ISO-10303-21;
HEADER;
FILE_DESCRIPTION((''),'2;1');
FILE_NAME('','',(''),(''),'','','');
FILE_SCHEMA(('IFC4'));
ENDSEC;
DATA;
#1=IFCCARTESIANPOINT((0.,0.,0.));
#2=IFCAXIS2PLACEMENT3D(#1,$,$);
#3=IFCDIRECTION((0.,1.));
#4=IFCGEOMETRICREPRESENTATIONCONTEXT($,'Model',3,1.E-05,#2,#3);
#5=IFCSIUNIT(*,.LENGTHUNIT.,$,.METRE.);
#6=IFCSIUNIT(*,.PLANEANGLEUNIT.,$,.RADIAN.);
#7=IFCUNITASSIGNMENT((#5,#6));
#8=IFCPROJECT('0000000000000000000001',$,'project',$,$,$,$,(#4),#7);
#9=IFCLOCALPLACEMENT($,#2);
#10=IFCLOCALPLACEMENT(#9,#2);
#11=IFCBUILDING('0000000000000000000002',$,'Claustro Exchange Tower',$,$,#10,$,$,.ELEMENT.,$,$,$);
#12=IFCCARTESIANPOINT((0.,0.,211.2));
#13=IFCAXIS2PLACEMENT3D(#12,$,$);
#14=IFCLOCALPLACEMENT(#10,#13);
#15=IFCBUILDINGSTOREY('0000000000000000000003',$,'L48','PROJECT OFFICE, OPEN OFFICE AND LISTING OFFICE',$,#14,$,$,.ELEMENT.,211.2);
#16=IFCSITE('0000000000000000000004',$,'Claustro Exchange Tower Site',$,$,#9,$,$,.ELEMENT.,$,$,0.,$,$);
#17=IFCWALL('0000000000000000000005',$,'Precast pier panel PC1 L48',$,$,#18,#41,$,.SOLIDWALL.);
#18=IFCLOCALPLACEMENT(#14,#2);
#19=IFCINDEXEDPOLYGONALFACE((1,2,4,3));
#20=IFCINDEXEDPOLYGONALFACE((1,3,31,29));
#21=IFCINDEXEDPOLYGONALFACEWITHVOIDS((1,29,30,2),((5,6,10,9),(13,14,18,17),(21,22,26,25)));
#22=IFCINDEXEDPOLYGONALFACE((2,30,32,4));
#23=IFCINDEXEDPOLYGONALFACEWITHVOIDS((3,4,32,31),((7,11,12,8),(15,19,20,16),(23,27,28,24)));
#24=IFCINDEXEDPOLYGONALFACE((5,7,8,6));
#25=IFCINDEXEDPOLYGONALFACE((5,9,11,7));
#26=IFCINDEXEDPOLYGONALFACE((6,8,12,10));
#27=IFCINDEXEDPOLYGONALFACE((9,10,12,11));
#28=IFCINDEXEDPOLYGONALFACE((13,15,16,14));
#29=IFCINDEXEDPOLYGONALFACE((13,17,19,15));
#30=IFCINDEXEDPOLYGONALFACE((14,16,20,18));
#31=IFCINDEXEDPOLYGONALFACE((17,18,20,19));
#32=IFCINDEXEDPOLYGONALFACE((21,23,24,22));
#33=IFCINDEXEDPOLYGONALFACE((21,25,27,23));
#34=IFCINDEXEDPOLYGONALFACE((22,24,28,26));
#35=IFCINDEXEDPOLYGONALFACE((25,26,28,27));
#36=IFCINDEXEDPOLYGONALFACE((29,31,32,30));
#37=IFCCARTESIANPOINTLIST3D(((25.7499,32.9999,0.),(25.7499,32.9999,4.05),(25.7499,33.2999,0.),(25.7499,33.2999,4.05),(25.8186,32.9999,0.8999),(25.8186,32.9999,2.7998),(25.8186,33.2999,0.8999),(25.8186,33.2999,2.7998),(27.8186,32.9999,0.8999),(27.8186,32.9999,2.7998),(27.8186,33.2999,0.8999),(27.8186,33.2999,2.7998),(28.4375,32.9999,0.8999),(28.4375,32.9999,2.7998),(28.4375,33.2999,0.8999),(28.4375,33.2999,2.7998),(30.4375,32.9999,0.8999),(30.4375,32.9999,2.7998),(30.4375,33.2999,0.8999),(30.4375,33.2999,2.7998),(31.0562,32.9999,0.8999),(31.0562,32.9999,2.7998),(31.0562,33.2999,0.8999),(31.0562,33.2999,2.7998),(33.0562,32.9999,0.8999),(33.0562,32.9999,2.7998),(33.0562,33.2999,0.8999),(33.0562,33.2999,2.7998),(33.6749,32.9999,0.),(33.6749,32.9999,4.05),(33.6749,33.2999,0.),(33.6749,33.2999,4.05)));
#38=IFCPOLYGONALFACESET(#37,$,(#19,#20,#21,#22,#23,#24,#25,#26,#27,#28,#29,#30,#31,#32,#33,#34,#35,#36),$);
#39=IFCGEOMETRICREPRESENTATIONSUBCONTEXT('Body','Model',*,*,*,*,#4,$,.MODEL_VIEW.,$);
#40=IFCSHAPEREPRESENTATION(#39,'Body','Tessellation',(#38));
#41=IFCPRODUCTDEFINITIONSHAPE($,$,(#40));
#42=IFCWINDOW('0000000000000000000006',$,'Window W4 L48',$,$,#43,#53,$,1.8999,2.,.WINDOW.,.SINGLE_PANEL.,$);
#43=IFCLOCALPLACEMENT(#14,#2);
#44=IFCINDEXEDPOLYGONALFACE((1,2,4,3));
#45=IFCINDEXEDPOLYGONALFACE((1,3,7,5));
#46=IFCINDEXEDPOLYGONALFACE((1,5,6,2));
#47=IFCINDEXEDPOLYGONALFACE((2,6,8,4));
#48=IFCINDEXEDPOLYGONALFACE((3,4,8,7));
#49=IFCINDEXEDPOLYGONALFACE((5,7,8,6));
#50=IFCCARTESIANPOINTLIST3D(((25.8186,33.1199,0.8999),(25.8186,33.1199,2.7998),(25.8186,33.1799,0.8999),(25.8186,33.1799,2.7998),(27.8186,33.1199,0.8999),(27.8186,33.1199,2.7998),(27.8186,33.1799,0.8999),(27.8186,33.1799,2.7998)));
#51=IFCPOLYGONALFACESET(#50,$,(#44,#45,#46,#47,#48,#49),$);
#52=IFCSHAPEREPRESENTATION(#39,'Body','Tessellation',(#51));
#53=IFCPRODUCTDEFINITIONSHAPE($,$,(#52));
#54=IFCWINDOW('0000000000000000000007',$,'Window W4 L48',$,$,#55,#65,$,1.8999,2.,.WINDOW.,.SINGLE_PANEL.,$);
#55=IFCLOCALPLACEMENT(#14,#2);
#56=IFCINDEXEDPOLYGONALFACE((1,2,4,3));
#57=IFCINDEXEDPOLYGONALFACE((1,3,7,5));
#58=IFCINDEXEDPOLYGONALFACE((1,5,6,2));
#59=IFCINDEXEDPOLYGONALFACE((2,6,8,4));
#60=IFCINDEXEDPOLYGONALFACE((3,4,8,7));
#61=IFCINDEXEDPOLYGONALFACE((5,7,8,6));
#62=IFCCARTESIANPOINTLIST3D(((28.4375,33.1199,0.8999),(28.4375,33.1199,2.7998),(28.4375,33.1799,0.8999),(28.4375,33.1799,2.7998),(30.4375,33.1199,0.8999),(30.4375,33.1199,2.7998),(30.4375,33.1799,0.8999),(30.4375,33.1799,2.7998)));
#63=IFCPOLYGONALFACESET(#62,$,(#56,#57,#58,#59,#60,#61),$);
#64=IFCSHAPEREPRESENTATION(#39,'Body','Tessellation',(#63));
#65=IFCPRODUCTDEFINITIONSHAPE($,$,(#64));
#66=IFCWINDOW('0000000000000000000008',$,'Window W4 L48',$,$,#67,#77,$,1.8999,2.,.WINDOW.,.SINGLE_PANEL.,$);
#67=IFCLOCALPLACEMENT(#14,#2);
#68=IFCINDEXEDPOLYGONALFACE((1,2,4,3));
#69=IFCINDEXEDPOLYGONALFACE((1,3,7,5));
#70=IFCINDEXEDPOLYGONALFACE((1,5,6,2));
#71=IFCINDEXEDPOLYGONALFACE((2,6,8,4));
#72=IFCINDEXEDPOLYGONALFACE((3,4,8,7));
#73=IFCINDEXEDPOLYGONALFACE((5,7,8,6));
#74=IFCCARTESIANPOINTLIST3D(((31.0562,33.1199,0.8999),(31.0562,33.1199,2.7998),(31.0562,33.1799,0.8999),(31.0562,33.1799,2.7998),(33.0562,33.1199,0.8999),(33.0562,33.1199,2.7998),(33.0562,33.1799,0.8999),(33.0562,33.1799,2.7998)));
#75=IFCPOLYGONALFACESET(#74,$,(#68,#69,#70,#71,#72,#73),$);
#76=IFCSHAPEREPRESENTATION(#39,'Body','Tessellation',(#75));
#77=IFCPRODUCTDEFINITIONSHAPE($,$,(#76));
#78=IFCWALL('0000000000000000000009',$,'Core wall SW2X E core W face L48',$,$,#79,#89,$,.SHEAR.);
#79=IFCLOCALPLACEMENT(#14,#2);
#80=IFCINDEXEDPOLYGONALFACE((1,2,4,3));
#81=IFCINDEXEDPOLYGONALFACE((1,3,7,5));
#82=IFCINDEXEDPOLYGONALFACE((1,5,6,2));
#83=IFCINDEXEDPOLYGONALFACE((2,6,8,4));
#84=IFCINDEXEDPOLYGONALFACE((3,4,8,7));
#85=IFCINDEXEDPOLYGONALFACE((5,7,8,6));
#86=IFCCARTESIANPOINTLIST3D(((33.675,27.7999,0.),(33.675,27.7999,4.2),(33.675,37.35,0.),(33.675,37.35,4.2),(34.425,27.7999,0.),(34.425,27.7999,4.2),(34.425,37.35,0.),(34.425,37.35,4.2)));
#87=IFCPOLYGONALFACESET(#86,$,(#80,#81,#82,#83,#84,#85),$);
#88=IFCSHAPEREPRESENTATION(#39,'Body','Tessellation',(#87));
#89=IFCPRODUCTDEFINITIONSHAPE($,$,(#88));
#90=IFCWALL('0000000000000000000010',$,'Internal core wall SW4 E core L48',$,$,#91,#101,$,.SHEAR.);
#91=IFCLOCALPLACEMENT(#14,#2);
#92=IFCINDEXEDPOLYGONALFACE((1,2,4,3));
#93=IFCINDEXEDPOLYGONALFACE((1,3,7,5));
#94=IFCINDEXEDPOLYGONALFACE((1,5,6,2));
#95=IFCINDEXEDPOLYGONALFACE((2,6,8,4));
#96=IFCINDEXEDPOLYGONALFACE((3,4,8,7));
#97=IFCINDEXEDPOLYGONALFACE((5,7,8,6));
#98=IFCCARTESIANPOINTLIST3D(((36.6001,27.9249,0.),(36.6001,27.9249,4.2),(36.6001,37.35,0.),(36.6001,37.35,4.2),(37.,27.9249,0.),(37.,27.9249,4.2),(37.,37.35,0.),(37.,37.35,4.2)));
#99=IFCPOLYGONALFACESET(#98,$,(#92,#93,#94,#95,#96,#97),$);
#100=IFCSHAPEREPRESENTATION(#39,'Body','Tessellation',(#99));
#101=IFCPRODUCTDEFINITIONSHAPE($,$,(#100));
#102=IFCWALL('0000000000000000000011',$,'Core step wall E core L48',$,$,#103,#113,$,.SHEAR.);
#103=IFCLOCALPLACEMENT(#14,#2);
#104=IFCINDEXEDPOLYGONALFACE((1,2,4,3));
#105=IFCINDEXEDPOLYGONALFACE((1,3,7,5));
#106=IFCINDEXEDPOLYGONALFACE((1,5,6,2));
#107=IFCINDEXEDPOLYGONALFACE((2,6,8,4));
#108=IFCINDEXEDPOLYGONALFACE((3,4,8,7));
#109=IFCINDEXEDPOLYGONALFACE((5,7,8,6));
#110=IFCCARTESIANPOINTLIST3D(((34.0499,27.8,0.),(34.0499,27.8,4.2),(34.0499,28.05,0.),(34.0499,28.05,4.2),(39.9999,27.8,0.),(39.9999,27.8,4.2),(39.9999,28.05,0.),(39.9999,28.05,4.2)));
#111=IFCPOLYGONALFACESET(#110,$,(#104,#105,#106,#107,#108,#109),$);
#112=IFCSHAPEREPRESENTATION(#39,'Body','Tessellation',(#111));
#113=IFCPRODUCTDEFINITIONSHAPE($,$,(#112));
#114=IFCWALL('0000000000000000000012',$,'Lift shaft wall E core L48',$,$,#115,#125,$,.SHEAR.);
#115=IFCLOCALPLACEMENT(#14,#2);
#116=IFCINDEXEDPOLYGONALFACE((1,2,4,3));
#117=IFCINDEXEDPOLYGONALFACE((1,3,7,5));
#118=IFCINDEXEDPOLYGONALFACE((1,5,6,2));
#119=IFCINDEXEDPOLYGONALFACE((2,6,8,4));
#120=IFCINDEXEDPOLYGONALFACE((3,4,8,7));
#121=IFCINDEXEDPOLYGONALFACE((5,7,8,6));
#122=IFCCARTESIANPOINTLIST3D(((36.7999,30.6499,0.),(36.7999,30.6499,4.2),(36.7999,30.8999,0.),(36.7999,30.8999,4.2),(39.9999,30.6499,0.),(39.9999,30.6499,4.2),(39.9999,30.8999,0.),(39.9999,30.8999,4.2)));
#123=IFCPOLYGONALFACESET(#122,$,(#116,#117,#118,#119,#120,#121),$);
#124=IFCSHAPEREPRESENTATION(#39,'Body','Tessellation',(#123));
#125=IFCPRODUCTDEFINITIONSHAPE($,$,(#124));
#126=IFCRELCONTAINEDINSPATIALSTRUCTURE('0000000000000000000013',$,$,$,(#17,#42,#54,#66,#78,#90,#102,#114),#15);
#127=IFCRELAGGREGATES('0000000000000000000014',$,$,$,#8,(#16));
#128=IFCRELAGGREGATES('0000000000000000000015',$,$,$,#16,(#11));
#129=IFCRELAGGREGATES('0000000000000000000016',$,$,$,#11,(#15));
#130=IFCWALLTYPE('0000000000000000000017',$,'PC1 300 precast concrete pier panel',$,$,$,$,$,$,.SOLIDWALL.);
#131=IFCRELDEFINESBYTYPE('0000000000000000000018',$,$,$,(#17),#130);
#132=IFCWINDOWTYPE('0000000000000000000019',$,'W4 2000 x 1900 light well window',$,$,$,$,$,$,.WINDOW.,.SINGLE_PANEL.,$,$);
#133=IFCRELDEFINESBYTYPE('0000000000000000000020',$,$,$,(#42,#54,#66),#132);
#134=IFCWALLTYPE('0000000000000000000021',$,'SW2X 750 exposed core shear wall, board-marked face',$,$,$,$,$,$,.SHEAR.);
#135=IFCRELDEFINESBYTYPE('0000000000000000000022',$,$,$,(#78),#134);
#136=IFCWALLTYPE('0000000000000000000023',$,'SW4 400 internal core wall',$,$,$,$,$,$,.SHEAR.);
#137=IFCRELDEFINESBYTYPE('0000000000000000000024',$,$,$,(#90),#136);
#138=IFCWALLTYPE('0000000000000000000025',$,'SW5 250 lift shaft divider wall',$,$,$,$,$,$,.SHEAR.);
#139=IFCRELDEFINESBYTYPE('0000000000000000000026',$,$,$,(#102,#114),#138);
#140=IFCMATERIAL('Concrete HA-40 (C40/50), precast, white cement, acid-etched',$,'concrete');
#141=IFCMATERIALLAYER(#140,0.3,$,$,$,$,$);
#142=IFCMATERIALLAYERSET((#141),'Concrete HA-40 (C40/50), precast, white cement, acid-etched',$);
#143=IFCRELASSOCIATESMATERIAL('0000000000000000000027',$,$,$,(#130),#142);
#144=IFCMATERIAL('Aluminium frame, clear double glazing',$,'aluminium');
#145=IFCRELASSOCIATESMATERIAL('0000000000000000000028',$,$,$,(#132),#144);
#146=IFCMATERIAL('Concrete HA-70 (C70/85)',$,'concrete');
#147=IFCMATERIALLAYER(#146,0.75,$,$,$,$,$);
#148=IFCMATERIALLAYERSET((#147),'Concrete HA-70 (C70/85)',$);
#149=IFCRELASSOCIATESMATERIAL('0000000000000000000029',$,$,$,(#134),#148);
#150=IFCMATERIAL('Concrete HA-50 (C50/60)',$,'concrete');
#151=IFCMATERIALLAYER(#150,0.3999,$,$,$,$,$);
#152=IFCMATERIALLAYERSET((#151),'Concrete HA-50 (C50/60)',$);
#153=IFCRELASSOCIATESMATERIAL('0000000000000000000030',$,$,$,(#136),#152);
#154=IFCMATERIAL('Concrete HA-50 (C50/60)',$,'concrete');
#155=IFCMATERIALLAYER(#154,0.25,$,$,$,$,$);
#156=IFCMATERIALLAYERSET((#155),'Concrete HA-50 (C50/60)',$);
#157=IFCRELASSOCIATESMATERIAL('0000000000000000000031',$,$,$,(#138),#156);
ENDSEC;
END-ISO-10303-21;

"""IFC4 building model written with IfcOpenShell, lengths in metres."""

from ifc_helpers import new_model, si_unit, direction, frame, frame_2d, origin, place, context, subcontext, project, spatial, rectangle, extrude, material, layer, layer_set, type_object, element, fill, save


model = new_model("IFC4")

# Units and contexts
model_context = context("Model", 3, precision=1e-05, world=origin(), true_north=direction((0.0, 1.0)))
body_context = subcontext(model_context, "Body", "Model", "MODEL_VIEW")
ifc_project = project(units=[si_unit("LENGTHUNIT", "METRE"), si_unit("PLANEANGLEUNIT", "RADIAN")], contexts=[model_context])

# Site, building, storey
site_placement = place(None, origin())
site = spatial("IfcSite", under=ifc_project, at=site_placement, Name="Claustro Exchange Tower Site", CompositionType="ELEMENT", RefElevation=0.0)
building_placement = place(site_placement, origin())
building = spatial("IfcBuilding", under=site, at=building_placement, Name="Claustro Exchange Tower", CompositionType="ELEMENT")
storey_placement = place(building_placement, frame((0.0, 0.0, 211.2)))
storey = spatial("IfcBuildingStorey", under=building, at=storey_placement, Name="L48", Description="PROJECT OFFICE, OPEN OFFICE AND LISTING OFFICE", CompositionType="ELEMENT", Elevation=211.2)

# Wall, openings, windows
ifc_material_1 = material(Name="Concrete HA-40 (C40/50), precast, white cement, acid-etched", Category="concrete")
ifc_layer_1 = layer(ifc_material_1, 0.3)
ifc_layer_set_1 = layer_set([ifc_layer_1], Name="Concrete HA-40 (C40/50), precast, white cement, acid-etched")
wall_type_1 = type_object("IfcWallType", Name="PC1 300 precast concrete pier panel", PredefinedType="SOLIDWALL", material=ifc_layer_set_1)
wall_1_placement = place(storey_placement, frame((25.75, 33.1499, 0.0), z_axis=(0.0, 0.0, 1.0), x_axis=(1.0, 0.0, 0.0)))
wall_1 = element("IfcWall", 1, at=wall_1_placement, inside=storey, type_object=wall_type_1, Name="Precast pier panel PC1 L48", PredefinedType="SOLIDWALL", context=body_context, shape_type="SweptSolid", body=[
    extrude(rectangle(XDim=7.925, YDim=0.3, at=frame_2d((3.9624, 0.0))), origin(), (0.0, 0.0, 1.0), 4.05),
])
opening_1_placement = place(wall_1_placement, frame((0.0686, 0.0, 0.8999)))
opening_1 = element("IfcOpeningElement", 2, at=opening_1_placement, cuts=wall_1, PredefinedType="OPENING", context=body_context, shape_type="SweptSolid", body=[
    extrude(rectangle(XDim=2.0, YDim=1.8999, at=frame_2d((1.0, 0.95))), frame((0.0, 0.1599, 0.0), z_axis=(0.0, -1.0, 0.0), x_axis=(1.0, 0.0, 0.0)), (0.0, 0.0, 1.0), 0.3201),
])
opening_2_placement = place(wall_1_placement, frame((2.6875, 0.0, 0.8999)))
opening_2 = element("IfcOpeningElement", 3, at=opening_2_placement, cuts=wall_1, PredefinedType="OPENING", context=body_context, shape_type="SweptSolid", body=[
    extrude(rectangle(XDim=2.0, YDim=1.8999, at=frame_2d((1.0, 0.95))), frame((0.0, 0.1599, 0.0), z_axis=(0.0, -1.0, 0.0), x_axis=(1.0, 0.0, 0.0)), (0.0, 0.0, 1.0), 0.3201),
])
opening_3_placement = place(wall_1_placement, frame((5.3062, 0.0, 0.8999)))
opening_3 = element("IfcOpeningElement", 4, at=opening_3_placement, cuts=wall_1, PredefinedType="OPENING", context=body_context, shape_type="SweptSolid", body=[
    extrude(rectangle(XDim=2.0, YDim=1.8999, at=frame_2d((1.0, 0.95))), frame((0.0, 0.1599, 0.0), z_axis=(0.0, -1.0, 0.0), x_axis=(1.0, 0.0, 0.0)), (0.0, 0.0, 1.0), 0.3201),
])
ifc_material_2 = material(Name="Aluminium frame, clear double glazing", Category="aluminium")
window_type = type_object("IfcWindowType", Name="W4 2000 x 1900 light well window", PartitioningType="SINGLE_PANEL", PredefinedType="WINDOW", material=ifc_material_2)
window_1_placement = place(opening_1_placement, origin())
window_1 = element("IfcWindow", 5, at=window_1_placement, inside=storey, type_object=window_type, Name="Window W4 L48", OverallHeight=1.8999, OverallWidth=2.0, PartitioningType="SINGLE_PANEL", PredefinedType="WINDOW", context=body_context, shape_type="SweptSolid", body=[
    extrude(rectangle(XDim=2.0, YDim=1.8999, at=frame_2d((1.0, 0.95))), frame((0.0, 0.03, 0.0), z_axis=(0.0, -1.0, 0.0), x_axis=(1.0, 0.0, 0.0)), (0.0, 0.0, 1.0), 0.0601),
])
fill(opening_1, window_1)
window_2_placement = place(opening_2_placement, origin())
window_2 = element("IfcWindow", 6, at=window_2_placement, inside=storey, type_object=window_type, Name="Window W4 L48", OverallHeight=1.8999, OverallWidth=2.0, PartitioningType="SINGLE_PANEL", PredefinedType="WINDOW", context=body_context, shape_type="SweptSolid", body=[
    extrude(rectangle(XDim=2.0, YDim=1.8999, at=frame_2d((1.0, 0.95))), frame((0.0, 0.03, 0.0), z_axis=(0.0, -1.0, 0.0), x_axis=(1.0, 0.0, 0.0)), (0.0, 0.0, 1.0), 0.0601),
])
fill(opening_2, window_2)
window_3_placement = place(opening_3_placement, origin())
window_3 = element("IfcWindow", 7, at=window_3_placement, inside=storey, type_object=window_type, Name="Window W4 L48", OverallHeight=1.8999, OverallWidth=2.0, PartitioningType="SINGLE_PANEL", PredefinedType="WINDOW", context=body_context, shape_type="SweptSolid", body=[
    extrude(rectangle(XDim=2.0, YDim=1.8999, at=frame_2d((1.0, 0.95))), frame((0.0, 0.03, 0.0), z_axis=(0.0, -1.0, 0.0), x_axis=(1.0, 0.0, 0.0)), (0.0, 0.0, 1.0), 0.0601),
])
fill(opening_3, window_3)

# Walls
ifc_material_3 = material(Name="Concrete HA-70 (C70/85)", Category="concrete")
ifc_layer_2 = layer(ifc_material_3, 0.75)
ifc_layer_set_2 = layer_set([ifc_layer_2], Name="Concrete HA-70 (C70/85)")
wall_type_2 = type_object("IfcWallType", Name="SW2X 750 exposed core shear wall, board-marked face", PredefinedType="SHEAR", material=ifc_layer_set_2)
wall_2_placement = place(storey_placement, frame((34.05, 27.8, 0.0), z_axis=(0.0, 0.0, 1.0), x_axis=(0.0, 1.0, 0.0)))
element("IfcWall", 8, at=wall_2_placement, inside=storey, type_object=wall_type_2, Name="Core wall SW2X E core W face L48", PredefinedType="SHEAR", context=body_context, shape_type="SweptSolid", body=[
    extrude(rectangle(XDim=9.55, YDim=0.75, at=frame_2d((4.7749, 0.0))), origin(), (0.0, 0.0, 1.0), 4.2),
])
ifc_material_4 = material(Name="Concrete HA-50 (C50/60)", Category="concrete")
ifc_layer_3 = layer(ifc_material_4, 0.3999)
ifc_layer_set_3 = layer_set([ifc_layer_3], Name="Concrete HA-50 (C50/60)")
wall_type_3 = type_object("IfcWallType", Name="SW4 400 internal core wall", PredefinedType="SHEAR", material=ifc_layer_set_3)
wall_3_placement = place(storey_placement, frame((36.8, 27.925, 0.0), z_axis=(0.0, 0.0, 1.0), x_axis=(0.0, 1.0, 0.0)))
element("IfcWall", 9, at=wall_3_placement, inside=storey, type_object=wall_type_3, Name="Internal core wall SW4 E core L48", PredefinedType="SHEAR", context=body_context, shape_type="SweptSolid", body=[
    extrude(rectangle(XDim=9.425, YDim=0.3999, at=frame_2d((4.7124, 0.0))), origin(), (0.0, 0.0, 1.0), 4.2),
])
ifc_material_5 = material(Name="Concrete HA-50 (C50/60)", Category="concrete")
ifc_layer_4 = layer(ifc_material_5, 0.25)
ifc_layer_set_4 = layer_set([ifc_layer_4], Name="Concrete HA-50 (C50/60)")
wall_type_4 = type_object("IfcWallType", Name="SW5 250 lift shaft divider wall", PredefinedType="SHEAR", material=ifc_layer_set_4)
wall_4_placement = place(storey_placement, frame((40.0, 27.925, 0.0), z_axis=(0.0, 0.0, 1.0), x_axis=(-1.0, 0.0, 0.0)))
element("IfcWall", 10, at=wall_4_placement, inside=storey, type_object=wall_type_4, Name="Core step wall E core L48", PredefinedType="SHEAR", context=body_context, shape_type="SweptSolid", body=[
    extrude(rectangle(XDim=5.95, YDim=0.25, at=frame_2d((2.9751, 0.0))), origin(), (0.0, 0.0, 1.0), 4.2),
])
wall_5_placement = place(storey_placement, frame((40.0, 30.7749, 0.0), z_axis=(0.0, 0.0, 1.0), x_axis=(-1.0, 0.0, 0.0)))
element("IfcWall", 11, at=wall_5_placement, inside=storey, type_object=wall_type_4, Name="Lift shaft wall E core L48", PredefinedType="SHEAR", context=body_context, shape_type="SweptSolid", body=[
    extrude(rectangle(XDim=3.2, YDim=0.25, at=frame_2d((1.6001, 0.0))), origin(), (0.0, 0.0, 1.0), 4.2),
])

save(model, "model.ifc")
